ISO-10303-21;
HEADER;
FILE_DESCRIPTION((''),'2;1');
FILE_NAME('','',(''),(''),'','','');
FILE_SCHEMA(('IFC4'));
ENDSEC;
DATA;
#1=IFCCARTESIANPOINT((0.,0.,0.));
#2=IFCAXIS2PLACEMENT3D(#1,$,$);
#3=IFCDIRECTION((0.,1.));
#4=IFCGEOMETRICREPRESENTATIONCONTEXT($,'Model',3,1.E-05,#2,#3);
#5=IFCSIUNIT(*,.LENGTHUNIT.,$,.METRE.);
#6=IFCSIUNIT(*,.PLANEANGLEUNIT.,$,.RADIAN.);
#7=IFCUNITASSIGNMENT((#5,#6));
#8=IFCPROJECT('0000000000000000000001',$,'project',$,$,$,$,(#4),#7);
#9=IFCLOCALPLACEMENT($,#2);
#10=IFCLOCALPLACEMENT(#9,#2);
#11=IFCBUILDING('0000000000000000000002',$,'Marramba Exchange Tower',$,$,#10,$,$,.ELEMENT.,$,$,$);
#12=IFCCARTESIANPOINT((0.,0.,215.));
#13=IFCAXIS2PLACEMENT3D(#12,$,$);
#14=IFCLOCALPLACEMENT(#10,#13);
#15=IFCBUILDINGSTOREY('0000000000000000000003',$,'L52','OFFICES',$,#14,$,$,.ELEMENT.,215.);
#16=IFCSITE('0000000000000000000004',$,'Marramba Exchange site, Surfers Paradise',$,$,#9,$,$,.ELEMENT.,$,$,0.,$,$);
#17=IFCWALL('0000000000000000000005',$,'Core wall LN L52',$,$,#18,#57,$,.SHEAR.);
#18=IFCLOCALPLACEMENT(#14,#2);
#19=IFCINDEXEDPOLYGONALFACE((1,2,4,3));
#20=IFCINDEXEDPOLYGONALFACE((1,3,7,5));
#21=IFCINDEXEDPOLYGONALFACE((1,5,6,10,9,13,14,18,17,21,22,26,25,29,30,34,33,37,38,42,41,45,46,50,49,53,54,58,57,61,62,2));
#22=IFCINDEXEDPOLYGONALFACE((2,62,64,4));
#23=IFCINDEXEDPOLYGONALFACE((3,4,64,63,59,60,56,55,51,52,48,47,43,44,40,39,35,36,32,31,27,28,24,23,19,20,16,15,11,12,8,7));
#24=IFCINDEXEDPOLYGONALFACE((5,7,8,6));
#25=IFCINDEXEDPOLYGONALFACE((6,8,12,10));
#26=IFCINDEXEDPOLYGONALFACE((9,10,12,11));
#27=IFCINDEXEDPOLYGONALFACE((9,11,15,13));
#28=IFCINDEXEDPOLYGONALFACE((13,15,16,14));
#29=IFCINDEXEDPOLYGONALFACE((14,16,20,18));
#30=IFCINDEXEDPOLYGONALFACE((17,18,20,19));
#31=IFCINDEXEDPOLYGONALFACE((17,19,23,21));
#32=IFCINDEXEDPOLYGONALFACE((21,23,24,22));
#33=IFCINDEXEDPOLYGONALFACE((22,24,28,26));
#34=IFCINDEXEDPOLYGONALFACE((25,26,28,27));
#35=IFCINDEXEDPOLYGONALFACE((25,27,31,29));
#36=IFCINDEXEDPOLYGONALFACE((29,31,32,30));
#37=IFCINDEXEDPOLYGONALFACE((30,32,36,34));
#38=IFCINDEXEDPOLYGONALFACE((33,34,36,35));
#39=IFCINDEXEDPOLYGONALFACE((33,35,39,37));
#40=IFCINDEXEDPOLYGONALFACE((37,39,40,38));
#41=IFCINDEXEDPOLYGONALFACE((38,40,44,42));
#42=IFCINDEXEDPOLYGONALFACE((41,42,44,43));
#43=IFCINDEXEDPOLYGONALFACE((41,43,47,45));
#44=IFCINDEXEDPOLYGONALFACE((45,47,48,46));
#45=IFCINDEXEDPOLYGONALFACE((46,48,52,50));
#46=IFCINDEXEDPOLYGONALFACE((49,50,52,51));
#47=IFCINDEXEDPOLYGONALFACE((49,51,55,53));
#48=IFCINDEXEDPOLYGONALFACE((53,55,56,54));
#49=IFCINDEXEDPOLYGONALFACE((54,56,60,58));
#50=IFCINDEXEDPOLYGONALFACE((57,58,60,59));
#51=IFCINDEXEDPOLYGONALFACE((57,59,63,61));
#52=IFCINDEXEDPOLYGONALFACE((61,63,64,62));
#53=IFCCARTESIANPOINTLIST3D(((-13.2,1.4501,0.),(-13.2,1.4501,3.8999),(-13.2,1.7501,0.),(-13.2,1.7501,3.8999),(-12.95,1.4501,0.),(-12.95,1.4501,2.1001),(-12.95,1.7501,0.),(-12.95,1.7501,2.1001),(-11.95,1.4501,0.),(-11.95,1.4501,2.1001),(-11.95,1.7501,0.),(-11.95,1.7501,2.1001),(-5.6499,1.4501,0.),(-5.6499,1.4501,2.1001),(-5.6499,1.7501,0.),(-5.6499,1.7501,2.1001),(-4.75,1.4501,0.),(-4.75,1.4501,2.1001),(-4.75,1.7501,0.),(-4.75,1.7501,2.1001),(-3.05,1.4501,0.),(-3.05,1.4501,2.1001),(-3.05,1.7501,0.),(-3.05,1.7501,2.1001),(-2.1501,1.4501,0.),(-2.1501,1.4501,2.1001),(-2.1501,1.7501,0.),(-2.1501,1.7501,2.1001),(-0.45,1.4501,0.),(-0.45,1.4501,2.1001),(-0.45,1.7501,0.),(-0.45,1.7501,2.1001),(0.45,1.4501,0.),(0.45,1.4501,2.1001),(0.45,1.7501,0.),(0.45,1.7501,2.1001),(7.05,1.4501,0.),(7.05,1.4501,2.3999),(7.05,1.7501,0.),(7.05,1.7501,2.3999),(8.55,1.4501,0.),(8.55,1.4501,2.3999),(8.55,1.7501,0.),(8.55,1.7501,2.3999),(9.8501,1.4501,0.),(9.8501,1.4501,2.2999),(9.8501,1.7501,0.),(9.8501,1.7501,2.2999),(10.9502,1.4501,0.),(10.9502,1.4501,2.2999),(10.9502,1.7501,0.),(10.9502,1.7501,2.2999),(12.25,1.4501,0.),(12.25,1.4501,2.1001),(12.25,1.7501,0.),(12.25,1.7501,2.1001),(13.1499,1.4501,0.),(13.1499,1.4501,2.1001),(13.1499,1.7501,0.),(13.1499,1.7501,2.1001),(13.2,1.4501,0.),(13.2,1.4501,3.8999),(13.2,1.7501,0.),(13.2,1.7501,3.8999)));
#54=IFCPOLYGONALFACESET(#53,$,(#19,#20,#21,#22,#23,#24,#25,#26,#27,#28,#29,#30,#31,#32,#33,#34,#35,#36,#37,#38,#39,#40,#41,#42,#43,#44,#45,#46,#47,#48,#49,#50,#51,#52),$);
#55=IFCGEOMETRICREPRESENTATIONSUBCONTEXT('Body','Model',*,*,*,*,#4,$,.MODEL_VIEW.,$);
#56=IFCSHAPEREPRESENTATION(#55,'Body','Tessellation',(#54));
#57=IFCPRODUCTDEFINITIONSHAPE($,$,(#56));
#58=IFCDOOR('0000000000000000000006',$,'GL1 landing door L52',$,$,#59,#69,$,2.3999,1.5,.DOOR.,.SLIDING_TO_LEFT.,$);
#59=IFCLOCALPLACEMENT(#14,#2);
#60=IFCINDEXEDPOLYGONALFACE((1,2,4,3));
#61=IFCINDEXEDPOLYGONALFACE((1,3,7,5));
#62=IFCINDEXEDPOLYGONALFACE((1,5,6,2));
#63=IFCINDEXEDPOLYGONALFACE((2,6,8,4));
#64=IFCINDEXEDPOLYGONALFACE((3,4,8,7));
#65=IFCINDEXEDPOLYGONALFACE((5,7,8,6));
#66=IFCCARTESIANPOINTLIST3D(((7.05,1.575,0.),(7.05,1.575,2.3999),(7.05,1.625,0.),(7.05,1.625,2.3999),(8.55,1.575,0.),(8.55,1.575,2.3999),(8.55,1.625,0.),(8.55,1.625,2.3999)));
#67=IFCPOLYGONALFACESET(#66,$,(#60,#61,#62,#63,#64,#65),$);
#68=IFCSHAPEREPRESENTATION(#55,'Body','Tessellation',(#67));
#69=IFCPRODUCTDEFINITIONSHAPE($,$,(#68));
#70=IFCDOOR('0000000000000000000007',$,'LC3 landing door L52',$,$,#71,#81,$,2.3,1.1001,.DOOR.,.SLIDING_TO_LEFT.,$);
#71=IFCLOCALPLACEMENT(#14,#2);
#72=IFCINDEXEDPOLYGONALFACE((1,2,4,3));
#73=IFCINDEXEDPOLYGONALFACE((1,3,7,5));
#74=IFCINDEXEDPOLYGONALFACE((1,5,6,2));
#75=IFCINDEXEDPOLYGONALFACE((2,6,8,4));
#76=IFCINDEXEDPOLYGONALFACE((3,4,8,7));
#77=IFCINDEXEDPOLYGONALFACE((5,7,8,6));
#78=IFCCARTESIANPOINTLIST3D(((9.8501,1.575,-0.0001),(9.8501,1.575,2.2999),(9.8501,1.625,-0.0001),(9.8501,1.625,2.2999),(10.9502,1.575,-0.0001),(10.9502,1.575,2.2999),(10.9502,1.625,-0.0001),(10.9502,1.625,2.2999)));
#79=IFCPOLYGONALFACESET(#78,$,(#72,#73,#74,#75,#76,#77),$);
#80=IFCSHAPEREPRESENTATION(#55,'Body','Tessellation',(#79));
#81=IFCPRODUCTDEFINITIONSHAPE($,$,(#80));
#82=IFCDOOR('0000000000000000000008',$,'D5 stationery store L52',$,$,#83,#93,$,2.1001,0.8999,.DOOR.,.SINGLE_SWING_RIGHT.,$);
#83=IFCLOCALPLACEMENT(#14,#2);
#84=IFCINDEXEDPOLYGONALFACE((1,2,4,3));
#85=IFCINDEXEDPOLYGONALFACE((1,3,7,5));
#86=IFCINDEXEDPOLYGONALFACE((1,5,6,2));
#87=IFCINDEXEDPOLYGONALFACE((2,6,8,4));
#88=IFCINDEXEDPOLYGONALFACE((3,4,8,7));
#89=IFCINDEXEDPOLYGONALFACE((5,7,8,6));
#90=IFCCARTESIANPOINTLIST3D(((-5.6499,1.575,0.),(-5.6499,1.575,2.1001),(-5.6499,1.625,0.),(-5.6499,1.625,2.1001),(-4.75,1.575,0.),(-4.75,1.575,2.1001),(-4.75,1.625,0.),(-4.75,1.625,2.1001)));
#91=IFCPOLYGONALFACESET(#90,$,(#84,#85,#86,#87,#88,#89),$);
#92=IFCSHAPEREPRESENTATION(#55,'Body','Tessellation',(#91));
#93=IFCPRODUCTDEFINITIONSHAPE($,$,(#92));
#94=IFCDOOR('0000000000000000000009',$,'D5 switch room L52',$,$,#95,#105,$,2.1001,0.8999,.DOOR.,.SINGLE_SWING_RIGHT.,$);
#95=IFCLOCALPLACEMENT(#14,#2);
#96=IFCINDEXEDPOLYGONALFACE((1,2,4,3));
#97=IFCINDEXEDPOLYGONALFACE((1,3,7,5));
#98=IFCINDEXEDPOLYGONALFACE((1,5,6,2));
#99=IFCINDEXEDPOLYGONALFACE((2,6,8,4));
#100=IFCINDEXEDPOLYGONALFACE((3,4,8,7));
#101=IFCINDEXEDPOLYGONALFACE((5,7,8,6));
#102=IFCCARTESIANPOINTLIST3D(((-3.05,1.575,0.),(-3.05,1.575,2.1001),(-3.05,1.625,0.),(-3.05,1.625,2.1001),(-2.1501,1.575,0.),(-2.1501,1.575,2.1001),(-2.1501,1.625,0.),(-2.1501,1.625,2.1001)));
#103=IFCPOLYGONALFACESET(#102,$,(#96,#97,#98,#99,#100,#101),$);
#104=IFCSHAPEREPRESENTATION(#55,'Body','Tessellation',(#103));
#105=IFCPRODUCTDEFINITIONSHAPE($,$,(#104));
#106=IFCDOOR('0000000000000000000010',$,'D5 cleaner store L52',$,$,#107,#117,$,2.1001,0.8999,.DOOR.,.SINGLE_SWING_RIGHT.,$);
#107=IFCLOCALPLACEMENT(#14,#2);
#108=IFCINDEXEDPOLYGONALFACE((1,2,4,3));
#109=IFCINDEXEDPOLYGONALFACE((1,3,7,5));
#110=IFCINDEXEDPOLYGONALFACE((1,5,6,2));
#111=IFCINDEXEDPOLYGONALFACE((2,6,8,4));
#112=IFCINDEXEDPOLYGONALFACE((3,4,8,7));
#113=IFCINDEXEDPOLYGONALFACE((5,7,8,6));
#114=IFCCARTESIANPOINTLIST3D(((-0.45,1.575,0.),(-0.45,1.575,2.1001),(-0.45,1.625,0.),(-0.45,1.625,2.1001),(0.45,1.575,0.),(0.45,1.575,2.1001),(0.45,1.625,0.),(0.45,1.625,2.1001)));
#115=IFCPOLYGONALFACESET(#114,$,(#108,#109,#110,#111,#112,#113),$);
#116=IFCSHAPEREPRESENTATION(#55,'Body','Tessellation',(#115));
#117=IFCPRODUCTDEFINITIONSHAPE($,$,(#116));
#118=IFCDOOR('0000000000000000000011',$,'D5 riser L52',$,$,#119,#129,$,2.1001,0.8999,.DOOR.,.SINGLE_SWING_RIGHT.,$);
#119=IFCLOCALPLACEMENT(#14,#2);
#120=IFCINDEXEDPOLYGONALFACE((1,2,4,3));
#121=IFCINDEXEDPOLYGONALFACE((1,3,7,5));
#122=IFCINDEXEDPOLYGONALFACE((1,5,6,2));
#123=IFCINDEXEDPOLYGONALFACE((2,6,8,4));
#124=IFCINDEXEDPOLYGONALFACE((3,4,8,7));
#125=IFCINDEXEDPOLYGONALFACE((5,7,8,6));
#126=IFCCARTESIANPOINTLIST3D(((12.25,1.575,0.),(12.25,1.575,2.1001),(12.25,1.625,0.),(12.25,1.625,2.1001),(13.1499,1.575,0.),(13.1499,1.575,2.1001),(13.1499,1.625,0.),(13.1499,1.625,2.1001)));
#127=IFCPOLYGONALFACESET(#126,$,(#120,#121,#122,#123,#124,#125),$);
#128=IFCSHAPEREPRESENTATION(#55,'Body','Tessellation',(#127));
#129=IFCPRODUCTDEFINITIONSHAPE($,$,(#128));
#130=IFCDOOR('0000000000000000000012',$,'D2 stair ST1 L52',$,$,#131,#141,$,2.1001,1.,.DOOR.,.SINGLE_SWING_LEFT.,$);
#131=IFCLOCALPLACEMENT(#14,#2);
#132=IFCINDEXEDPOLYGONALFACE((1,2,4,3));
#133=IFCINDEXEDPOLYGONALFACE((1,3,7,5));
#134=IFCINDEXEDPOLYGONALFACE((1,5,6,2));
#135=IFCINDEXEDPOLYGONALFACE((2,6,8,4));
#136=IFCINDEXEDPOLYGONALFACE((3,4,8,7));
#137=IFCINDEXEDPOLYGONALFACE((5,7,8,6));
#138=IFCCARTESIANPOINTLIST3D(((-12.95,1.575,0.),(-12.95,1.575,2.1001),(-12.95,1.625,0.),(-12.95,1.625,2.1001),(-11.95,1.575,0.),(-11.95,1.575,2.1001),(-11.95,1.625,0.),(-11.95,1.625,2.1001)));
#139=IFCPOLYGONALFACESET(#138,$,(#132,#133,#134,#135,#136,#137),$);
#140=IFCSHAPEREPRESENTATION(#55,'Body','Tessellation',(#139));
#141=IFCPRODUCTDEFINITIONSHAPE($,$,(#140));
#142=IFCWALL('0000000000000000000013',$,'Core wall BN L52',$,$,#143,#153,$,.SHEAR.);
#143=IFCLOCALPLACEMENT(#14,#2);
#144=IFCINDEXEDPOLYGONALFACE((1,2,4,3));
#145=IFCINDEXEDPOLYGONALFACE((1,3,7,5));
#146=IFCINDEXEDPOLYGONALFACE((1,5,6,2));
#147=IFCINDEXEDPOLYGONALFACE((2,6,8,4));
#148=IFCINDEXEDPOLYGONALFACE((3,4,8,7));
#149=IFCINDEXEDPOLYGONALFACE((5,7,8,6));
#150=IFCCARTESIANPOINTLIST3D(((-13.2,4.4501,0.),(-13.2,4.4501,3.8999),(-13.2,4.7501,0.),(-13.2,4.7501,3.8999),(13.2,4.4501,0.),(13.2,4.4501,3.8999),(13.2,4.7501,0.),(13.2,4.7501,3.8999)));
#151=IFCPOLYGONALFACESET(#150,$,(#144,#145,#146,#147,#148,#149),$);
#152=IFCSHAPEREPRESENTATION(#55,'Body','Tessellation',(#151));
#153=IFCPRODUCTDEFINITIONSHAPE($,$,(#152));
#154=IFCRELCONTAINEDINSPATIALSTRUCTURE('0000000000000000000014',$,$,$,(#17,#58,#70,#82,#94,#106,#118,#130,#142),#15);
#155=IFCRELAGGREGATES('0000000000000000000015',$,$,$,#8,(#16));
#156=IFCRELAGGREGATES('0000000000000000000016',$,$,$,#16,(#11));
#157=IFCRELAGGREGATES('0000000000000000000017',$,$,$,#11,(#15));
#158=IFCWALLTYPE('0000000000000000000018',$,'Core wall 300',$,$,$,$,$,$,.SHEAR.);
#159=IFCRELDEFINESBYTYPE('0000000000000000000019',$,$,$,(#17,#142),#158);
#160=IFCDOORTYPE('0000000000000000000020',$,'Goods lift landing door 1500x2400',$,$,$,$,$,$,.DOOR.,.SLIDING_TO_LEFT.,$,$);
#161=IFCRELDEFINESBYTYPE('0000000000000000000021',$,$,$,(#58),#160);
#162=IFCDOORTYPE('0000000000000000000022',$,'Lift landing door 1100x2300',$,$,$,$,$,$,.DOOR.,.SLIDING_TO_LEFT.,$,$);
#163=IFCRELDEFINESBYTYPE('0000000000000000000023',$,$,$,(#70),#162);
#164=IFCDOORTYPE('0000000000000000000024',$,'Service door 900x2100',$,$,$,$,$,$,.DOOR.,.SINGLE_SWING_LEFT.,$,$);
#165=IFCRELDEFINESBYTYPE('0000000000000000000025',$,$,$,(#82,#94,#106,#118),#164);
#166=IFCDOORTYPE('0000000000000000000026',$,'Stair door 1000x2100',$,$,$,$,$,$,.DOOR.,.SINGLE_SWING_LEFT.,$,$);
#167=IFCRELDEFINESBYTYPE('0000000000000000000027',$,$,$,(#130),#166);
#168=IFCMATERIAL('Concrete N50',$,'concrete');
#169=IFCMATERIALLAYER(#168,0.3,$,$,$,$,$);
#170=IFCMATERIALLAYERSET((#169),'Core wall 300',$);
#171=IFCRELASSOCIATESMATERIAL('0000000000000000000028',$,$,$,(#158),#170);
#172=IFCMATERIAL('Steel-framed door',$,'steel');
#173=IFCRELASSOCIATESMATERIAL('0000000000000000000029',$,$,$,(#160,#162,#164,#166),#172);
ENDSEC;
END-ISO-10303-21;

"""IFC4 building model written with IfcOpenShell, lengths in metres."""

from ifc_helpers import new_model, si_unit, direction, frame, frame_2d, origin, place, context, subcontext, project, spatial, rectangle, extrude, material, layer, layer_set, type_object, element, fill, save


model = new_model("IFC4")

# Units and contexts
model_context = context("Model", 3, precision=1e-05, world=origin(), true_north=direction((0.0, 1.0)))
body_context = subcontext(model_context, "Body", "Model", "MODEL_VIEW")
ifc_project = project(units=[si_unit("LENGTHUNIT", "METRE"), si_unit("PLANEANGLEUNIT", "RADIAN")], contexts=[model_context])

# Site, building, storey
site_placement = place(None, origin())
site = spatial("IfcSite", under=ifc_project, at=site_placement, Name="Marramba Exchange site, Surfers Paradise", CompositionType="ELEMENT", RefElevation=0.0)
building_placement = place(site_placement, origin())
building = spatial("IfcBuilding", under=site, at=building_placement, Name="Marramba Exchange Tower", CompositionType="ELEMENT")
storey_placement = place(building_placement, frame((0.0, 0.0, 215.0)))
storey = spatial("IfcBuildingStorey", under=building, at=storey_placement, Name="L52", Description="OFFICES", CompositionType="ELEMENT", Elevation=215.0)

# Shared definitions
ifc_material_1 = material(Name="Concrete N50", Category="concrete")

# Wall, openings, doors
ifc_layer_1 = layer(ifc_material_1, 0.3)
ifc_layer_set_1 = layer_set([ifc_layer_1], Name="Core wall 300")
wall_type_1 = type_object("IfcWallType", Name="Core wall 300", PredefinedType="SHEAR", material=ifc_layer_set_1)
wall_1_placement = place(storey_placement, frame((-13.2, 1.6001, 0.0), z_axis=(0.0, 0.0, 1.0), x_axis=(1.0, 0.0, 0.0)))
wall_1 = element("IfcWall", 1, at=wall_1_placement, inside=storey, type_object=wall_type_1, Name="Core wall LN L52", PredefinedType="SHEAR", context=body_context, shape_type="SweptSolid", body=[
    extrude(rectangle(XDim=26.3999, YDim=0.3, at=frame_2d((13.2, 0.0))), origin(), (0.0, 0.0, 1.0), 3.8999),
])
opening_1_placement = place(wall_1_placement, frame((0.25, 0.0, 0.0)))
opening_1 = element("IfcOpeningElement", 2, at=opening_1_placement, cuts=wall_1, PredefinedType="OPENING", context=body_context, shape_type="SweptSolid", body=[
    extrude(rectangle(XDim=1.0, YDim=2.1001, at=frame_2d((0.5, 1.05))), frame((0.0, 0.1599, 0.0), z_axis=(0.0, -1.0, 0.0), x_axis=(1.0, 0.0, 0.0)), (0.0, 0.0, 1.0), 0.3201),
])
opening_2_placement = place(wall_1_placement, frame((23.05, 0.0, 0.0)))
opening_2 = element("IfcOpeningElement", 3, at=opening_2_placement, cuts=wall_1, PredefinedType="OPENING", context=body_context, shape_type="SweptSolid", body=[
    extrude(rectangle(XDim=1.1001, YDim=2.3, at=frame_2d((0.55, 1.1499))), frame((0.0, 0.1599, 0.0), z_axis=(0.0, -1.0, 0.0), x_axis=(1.0, 0.0, 0.0)), (0.0, 0.0, 1.0), 0.3201),
])
opening_3_placement = place(wall_1_placement, frame((20.25, 0.0, 0.0)))
opening_3 = element("IfcOpeningElement", 4, at=opening_3_placement, cuts=wall_1, PredefinedType="OPENING", context=body_context, shape_type="SweptSolid", body=[
    extrude(rectangle(XDim=1.5, YDim=2.3999, at=frame_2d((0.75, 1.2))), frame((0.0, 0.1599, 0.0), z_axis=(0.0, -1.0, 0.0), x_axis=(1.0, 0.0, 0.0)), (0.0, 0.0, 1.0), 0.3201),
])
opening_4_placement = place(wall_1_placement, frame((7.55, 0.0, 0.0)))
opening_4 = element("IfcOpeningElement", 5, at=opening_4_placement, cuts=wall_1, PredefinedType="OPENING", context=body_context, shape_type="SweptSolid", body=[
    extrude(rectangle(XDim=0.8999, YDim=2.1001, at=frame_2d((0.45, 1.05))), frame((0.0, 0.1599, 0.0), z_axis=(0.0, -1.0, 0.0), x_axis=(1.0, 0.0, 0.0)), (0.0, 0.0, 1.0), 0.3201),
])
opening_5_placement = place(wall_1_placement, frame((10.1499, 0.0, 0.0)))
opening_5 = element("IfcOpeningElement", 6, at=opening_5_placement, cuts=wall_1, PredefinedType="OPENING", context=body_context, shape_type="SweptSolid", body=[
    extrude(rectangle(XDim=0.8999, YDim=2.1001, at=frame_2d((0.45, 1.05))), frame((0.0, 0.1599, 0.0), z_axis=(0.0, -1.0, 0.0), x_axis=(1.0, 0.0, 0.0)), (0.0, 0.0, 1.0), 0.3201),
])
opening_6_placement = place(wall_1_placement, frame((12.75, 0.0, 0.0)))
opening_6 = element("IfcOpeningElement", 7, at=opening_6_placement, cuts=wall_1, PredefinedType="OPENING", context=body_context, shape_type="SweptSolid", body=[
    extrude(rectangle(XDim=0.8999, YDim=2.1001, at=frame_2d((0.45, 1.05))), frame((0.0, 0.1599, 0.0), z_axis=(0.0, -1.0, 0.0), x_axis=(1.0, 0.0, 0.0)), (0.0, 0.0, 1.0), 0.3201),
])
opening_7_placement = place(wall_1_placement, frame((25.45, 0.0, 0.0)))
opening_7 = element("IfcOpeningElement", 8, at=opening_7_placement, cuts=wall_1, PredefinedType="OPENING", context=body_context, shape_type="SweptSolid", body=[
    extrude(rectangle(XDim=0.8999, YDim=2.1001, at=frame_2d((0.45, 1.05))), frame((0.0, 0.1599, 0.0), z_axis=(0.0, -1.0, 0.0), x_axis=(1.0, 0.0, 0.0)), (0.0, 0.0, 1.0), 0.3201),
])
ifc_material_2 = material(Name="Steel-framed door", Category="steel")
door_type_1 = type_object("IfcDoorType", Name="Goods lift landing door 1500x2400", OperationType="SLIDING_TO_LEFT", PredefinedType="DOOR", material=ifc_material_2)
door_1_placement = place(opening_3_placement, origin())
door_1 = element("IfcDoor", 9, at=door_1_placement, inside=storey, type_object=door_type_1, Name="GL1 landing door L52", OperationType="SLIDING_TO_LEFT", OverallHeight=2.3999, OverallWidth=1.5, PredefinedType="DOOR", context=body_context, shape_type="SweptSolid", body=[
    extrude(rectangle(XDim=1.5, YDim=2.3999, at=frame_2d((0.75, 1.2))), frame((0.0, 0.0249, 0.0), z_axis=(0.0, -1.0, 0.0), x_axis=(1.0, 0.0, 0.0)), (0.0, 0.0, 1.0), 0.05),
])
fill(opening_3, door_1)
door_type_2 = type_object("IfcDoorType", Name="Lift landing door 1100x2300", OperationType="SLIDING_TO_LEFT", PredefinedType="DOOR", material=ifc_material_2)
door_2_placement = place(opening_2_placement, origin())
door_2 = element("IfcDoor", 10, at=door_2_placement, inside=storey, type_object=door_type_2, Name="LC3 landing door L52", OperationType="SLIDING_TO_LEFT", OverallHeight=2.3, OverallWidth=1.1001, PredefinedType="DOOR", context=body_context, shape_type="SweptSolid", body=[
    extrude(rectangle(XDim=1.1001, YDim=2.3, at=frame_2d((0.55, 1.1499))), frame((0.0, 0.0249, 0.0), z_axis=(0.0, -1.0, 0.0), x_axis=(1.0, 0.0, 0.0)), (0.0, 0.0, 1.0), 0.05),
])
fill(opening_2, door_2)
door_type_3 = type_object("IfcDoorType", Name="Service door 900x2100", OperationType="SINGLE_SWING_LEFT", PredefinedType="DOOR", material=ifc_material_2)
door_3_placement = place(opening_4_placement, origin())
door_3 = element("IfcDoor", 11, at=door_3_placement, inside=storey, type_object=door_type_3, Name="D5 stationery store L52", OperationType="SINGLE_SWING_RIGHT", OverallHeight=2.1001, OverallWidth=0.8999, PredefinedType="DOOR", context=body_context, shape_type="SweptSolid", body=[
    extrude(rectangle(XDim=0.8999, YDim=2.1001, at=frame_2d((0.45, 1.05))), frame((0.0, 0.0249, 0.0), z_axis=(0.0, -1.0, 0.0), x_axis=(1.0, 0.0, 0.0)), (0.0, 0.0, 1.0), 0.05),
])
fill(opening_4, door_3)
door_4_placement = place(opening_5_placement, origin())
door_4 = element("IfcDoor", 12, at=door_4_placement, inside=storey, type_object=door_type_3, Name="D5 switch room L52", OperationType="SINGLE_SWING_RIGHT", OverallHeight=2.1001, OverallWidth=0.8999, PredefinedType="DOOR", context=body_context, shape_type="SweptSolid", body=[
    extrude(rectangle(XDim=0.8999, YDim=2.1001, at=frame_2d((0.45, 1.05))), frame((0.0, 0.0249, 0.0), z_axis=(0.0, -1.0, 0.0), x_axis=(1.0, 0.0, 0.0)), (0.0, 0.0, 1.0), 0.05),
])
fill(opening_5, door_4)
door_5_placement = place(opening_6_placement, origin())
door_5 = element("IfcDoor", 13, at=door_5_placement, inside=storey, type_object=door_type_3, Name="D5 cleaner store L52", OperationType="SINGLE_SWING_RIGHT", OverallHeight=2.1001, OverallWidth=0.8999, PredefinedType="DOOR", context=body_context, shape_type="SweptSolid", body=[
    extrude(rectangle(XDim=0.8999, YDim=2.1001, at=frame_2d((0.45, 1.05))), frame((0.0, 0.0249, 0.0), z_axis=(0.0, -1.0, 0.0), x_axis=(1.0, 0.0, 0.0)), (0.0, 0.0, 1.0), 0.05),
])
fill(opening_6, door_5)
door_6_placement = place(opening_7_placement, origin())
door_6 = element("IfcDoor", 14, at=door_6_placement, inside=storey, type_object=door_type_3, Name="D5 riser L52", OperationType="SINGLE_SWING_RIGHT", OverallHeight=2.1001, OverallWidth=0.8999, PredefinedType="DOOR", context=body_context, shape_type="SweptSolid", body=[
    extrude(rectangle(XDim=0.8999, YDim=2.1001, at=frame_2d((0.45, 1.05))), frame((0.0, 0.0249, 0.0), z_axis=(0.0, -1.0, 0.0), x_axis=(1.0, 0.0, 0.0)), (0.0, 0.0, 1.0), 0.05),
])
fill(opening_7, door_6)
door_type_4 = type_object("IfcDoorType", Name="Stair door 1000x2100", OperationType="SINGLE_SWING_LEFT", PredefinedType="DOOR", material=ifc_material_2)
door_7_placement = place(opening_1_placement, origin())
door_7 = element("IfcDoor", 15, at=door_7_placement, inside=storey, type_object=door_type_4, Name="D2 stair ST1 L52", OperationType="SINGLE_SWING_LEFT", OverallHeight=2.1001, OverallWidth=1.0, PredefinedType="DOOR", context=body_context, shape_type="SweptSolid", body=[
    extrude(rectangle(XDim=1.0, YDim=2.1001, at=frame_2d((0.5, 1.05))), frame((0.0, 0.0249, 0.0), z_axis=(0.0, -1.0, 0.0), x_axis=(1.0, 0.0, 0.0)), (0.0, 0.0, 1.0), 0.05),
])
fill(opening_1, door_7)

# Wall
wall_2_placement = place(storey_placement, frame((-13.2, 4.6001, 0.0), z_axis=(0.0, 0.0, 1.0), x_axis=(1.0, 0.0, 0.0)))
element("IfcWall", 16, at=wall_2_placement, inside=storey, type_object=wall_type_1, Name="Core wall BN L52", PredefinedType="SHEAR", context=body_context, shape_type="SweptSolid", body=[
    extrude(rectangle(XDim=26.3999, YDim=0.3, at=frame_2d((13.2, 0.0))), origin(), (0.0, 0.0, 1.0), 3.8999),
])

save(model, "model.ifc")
